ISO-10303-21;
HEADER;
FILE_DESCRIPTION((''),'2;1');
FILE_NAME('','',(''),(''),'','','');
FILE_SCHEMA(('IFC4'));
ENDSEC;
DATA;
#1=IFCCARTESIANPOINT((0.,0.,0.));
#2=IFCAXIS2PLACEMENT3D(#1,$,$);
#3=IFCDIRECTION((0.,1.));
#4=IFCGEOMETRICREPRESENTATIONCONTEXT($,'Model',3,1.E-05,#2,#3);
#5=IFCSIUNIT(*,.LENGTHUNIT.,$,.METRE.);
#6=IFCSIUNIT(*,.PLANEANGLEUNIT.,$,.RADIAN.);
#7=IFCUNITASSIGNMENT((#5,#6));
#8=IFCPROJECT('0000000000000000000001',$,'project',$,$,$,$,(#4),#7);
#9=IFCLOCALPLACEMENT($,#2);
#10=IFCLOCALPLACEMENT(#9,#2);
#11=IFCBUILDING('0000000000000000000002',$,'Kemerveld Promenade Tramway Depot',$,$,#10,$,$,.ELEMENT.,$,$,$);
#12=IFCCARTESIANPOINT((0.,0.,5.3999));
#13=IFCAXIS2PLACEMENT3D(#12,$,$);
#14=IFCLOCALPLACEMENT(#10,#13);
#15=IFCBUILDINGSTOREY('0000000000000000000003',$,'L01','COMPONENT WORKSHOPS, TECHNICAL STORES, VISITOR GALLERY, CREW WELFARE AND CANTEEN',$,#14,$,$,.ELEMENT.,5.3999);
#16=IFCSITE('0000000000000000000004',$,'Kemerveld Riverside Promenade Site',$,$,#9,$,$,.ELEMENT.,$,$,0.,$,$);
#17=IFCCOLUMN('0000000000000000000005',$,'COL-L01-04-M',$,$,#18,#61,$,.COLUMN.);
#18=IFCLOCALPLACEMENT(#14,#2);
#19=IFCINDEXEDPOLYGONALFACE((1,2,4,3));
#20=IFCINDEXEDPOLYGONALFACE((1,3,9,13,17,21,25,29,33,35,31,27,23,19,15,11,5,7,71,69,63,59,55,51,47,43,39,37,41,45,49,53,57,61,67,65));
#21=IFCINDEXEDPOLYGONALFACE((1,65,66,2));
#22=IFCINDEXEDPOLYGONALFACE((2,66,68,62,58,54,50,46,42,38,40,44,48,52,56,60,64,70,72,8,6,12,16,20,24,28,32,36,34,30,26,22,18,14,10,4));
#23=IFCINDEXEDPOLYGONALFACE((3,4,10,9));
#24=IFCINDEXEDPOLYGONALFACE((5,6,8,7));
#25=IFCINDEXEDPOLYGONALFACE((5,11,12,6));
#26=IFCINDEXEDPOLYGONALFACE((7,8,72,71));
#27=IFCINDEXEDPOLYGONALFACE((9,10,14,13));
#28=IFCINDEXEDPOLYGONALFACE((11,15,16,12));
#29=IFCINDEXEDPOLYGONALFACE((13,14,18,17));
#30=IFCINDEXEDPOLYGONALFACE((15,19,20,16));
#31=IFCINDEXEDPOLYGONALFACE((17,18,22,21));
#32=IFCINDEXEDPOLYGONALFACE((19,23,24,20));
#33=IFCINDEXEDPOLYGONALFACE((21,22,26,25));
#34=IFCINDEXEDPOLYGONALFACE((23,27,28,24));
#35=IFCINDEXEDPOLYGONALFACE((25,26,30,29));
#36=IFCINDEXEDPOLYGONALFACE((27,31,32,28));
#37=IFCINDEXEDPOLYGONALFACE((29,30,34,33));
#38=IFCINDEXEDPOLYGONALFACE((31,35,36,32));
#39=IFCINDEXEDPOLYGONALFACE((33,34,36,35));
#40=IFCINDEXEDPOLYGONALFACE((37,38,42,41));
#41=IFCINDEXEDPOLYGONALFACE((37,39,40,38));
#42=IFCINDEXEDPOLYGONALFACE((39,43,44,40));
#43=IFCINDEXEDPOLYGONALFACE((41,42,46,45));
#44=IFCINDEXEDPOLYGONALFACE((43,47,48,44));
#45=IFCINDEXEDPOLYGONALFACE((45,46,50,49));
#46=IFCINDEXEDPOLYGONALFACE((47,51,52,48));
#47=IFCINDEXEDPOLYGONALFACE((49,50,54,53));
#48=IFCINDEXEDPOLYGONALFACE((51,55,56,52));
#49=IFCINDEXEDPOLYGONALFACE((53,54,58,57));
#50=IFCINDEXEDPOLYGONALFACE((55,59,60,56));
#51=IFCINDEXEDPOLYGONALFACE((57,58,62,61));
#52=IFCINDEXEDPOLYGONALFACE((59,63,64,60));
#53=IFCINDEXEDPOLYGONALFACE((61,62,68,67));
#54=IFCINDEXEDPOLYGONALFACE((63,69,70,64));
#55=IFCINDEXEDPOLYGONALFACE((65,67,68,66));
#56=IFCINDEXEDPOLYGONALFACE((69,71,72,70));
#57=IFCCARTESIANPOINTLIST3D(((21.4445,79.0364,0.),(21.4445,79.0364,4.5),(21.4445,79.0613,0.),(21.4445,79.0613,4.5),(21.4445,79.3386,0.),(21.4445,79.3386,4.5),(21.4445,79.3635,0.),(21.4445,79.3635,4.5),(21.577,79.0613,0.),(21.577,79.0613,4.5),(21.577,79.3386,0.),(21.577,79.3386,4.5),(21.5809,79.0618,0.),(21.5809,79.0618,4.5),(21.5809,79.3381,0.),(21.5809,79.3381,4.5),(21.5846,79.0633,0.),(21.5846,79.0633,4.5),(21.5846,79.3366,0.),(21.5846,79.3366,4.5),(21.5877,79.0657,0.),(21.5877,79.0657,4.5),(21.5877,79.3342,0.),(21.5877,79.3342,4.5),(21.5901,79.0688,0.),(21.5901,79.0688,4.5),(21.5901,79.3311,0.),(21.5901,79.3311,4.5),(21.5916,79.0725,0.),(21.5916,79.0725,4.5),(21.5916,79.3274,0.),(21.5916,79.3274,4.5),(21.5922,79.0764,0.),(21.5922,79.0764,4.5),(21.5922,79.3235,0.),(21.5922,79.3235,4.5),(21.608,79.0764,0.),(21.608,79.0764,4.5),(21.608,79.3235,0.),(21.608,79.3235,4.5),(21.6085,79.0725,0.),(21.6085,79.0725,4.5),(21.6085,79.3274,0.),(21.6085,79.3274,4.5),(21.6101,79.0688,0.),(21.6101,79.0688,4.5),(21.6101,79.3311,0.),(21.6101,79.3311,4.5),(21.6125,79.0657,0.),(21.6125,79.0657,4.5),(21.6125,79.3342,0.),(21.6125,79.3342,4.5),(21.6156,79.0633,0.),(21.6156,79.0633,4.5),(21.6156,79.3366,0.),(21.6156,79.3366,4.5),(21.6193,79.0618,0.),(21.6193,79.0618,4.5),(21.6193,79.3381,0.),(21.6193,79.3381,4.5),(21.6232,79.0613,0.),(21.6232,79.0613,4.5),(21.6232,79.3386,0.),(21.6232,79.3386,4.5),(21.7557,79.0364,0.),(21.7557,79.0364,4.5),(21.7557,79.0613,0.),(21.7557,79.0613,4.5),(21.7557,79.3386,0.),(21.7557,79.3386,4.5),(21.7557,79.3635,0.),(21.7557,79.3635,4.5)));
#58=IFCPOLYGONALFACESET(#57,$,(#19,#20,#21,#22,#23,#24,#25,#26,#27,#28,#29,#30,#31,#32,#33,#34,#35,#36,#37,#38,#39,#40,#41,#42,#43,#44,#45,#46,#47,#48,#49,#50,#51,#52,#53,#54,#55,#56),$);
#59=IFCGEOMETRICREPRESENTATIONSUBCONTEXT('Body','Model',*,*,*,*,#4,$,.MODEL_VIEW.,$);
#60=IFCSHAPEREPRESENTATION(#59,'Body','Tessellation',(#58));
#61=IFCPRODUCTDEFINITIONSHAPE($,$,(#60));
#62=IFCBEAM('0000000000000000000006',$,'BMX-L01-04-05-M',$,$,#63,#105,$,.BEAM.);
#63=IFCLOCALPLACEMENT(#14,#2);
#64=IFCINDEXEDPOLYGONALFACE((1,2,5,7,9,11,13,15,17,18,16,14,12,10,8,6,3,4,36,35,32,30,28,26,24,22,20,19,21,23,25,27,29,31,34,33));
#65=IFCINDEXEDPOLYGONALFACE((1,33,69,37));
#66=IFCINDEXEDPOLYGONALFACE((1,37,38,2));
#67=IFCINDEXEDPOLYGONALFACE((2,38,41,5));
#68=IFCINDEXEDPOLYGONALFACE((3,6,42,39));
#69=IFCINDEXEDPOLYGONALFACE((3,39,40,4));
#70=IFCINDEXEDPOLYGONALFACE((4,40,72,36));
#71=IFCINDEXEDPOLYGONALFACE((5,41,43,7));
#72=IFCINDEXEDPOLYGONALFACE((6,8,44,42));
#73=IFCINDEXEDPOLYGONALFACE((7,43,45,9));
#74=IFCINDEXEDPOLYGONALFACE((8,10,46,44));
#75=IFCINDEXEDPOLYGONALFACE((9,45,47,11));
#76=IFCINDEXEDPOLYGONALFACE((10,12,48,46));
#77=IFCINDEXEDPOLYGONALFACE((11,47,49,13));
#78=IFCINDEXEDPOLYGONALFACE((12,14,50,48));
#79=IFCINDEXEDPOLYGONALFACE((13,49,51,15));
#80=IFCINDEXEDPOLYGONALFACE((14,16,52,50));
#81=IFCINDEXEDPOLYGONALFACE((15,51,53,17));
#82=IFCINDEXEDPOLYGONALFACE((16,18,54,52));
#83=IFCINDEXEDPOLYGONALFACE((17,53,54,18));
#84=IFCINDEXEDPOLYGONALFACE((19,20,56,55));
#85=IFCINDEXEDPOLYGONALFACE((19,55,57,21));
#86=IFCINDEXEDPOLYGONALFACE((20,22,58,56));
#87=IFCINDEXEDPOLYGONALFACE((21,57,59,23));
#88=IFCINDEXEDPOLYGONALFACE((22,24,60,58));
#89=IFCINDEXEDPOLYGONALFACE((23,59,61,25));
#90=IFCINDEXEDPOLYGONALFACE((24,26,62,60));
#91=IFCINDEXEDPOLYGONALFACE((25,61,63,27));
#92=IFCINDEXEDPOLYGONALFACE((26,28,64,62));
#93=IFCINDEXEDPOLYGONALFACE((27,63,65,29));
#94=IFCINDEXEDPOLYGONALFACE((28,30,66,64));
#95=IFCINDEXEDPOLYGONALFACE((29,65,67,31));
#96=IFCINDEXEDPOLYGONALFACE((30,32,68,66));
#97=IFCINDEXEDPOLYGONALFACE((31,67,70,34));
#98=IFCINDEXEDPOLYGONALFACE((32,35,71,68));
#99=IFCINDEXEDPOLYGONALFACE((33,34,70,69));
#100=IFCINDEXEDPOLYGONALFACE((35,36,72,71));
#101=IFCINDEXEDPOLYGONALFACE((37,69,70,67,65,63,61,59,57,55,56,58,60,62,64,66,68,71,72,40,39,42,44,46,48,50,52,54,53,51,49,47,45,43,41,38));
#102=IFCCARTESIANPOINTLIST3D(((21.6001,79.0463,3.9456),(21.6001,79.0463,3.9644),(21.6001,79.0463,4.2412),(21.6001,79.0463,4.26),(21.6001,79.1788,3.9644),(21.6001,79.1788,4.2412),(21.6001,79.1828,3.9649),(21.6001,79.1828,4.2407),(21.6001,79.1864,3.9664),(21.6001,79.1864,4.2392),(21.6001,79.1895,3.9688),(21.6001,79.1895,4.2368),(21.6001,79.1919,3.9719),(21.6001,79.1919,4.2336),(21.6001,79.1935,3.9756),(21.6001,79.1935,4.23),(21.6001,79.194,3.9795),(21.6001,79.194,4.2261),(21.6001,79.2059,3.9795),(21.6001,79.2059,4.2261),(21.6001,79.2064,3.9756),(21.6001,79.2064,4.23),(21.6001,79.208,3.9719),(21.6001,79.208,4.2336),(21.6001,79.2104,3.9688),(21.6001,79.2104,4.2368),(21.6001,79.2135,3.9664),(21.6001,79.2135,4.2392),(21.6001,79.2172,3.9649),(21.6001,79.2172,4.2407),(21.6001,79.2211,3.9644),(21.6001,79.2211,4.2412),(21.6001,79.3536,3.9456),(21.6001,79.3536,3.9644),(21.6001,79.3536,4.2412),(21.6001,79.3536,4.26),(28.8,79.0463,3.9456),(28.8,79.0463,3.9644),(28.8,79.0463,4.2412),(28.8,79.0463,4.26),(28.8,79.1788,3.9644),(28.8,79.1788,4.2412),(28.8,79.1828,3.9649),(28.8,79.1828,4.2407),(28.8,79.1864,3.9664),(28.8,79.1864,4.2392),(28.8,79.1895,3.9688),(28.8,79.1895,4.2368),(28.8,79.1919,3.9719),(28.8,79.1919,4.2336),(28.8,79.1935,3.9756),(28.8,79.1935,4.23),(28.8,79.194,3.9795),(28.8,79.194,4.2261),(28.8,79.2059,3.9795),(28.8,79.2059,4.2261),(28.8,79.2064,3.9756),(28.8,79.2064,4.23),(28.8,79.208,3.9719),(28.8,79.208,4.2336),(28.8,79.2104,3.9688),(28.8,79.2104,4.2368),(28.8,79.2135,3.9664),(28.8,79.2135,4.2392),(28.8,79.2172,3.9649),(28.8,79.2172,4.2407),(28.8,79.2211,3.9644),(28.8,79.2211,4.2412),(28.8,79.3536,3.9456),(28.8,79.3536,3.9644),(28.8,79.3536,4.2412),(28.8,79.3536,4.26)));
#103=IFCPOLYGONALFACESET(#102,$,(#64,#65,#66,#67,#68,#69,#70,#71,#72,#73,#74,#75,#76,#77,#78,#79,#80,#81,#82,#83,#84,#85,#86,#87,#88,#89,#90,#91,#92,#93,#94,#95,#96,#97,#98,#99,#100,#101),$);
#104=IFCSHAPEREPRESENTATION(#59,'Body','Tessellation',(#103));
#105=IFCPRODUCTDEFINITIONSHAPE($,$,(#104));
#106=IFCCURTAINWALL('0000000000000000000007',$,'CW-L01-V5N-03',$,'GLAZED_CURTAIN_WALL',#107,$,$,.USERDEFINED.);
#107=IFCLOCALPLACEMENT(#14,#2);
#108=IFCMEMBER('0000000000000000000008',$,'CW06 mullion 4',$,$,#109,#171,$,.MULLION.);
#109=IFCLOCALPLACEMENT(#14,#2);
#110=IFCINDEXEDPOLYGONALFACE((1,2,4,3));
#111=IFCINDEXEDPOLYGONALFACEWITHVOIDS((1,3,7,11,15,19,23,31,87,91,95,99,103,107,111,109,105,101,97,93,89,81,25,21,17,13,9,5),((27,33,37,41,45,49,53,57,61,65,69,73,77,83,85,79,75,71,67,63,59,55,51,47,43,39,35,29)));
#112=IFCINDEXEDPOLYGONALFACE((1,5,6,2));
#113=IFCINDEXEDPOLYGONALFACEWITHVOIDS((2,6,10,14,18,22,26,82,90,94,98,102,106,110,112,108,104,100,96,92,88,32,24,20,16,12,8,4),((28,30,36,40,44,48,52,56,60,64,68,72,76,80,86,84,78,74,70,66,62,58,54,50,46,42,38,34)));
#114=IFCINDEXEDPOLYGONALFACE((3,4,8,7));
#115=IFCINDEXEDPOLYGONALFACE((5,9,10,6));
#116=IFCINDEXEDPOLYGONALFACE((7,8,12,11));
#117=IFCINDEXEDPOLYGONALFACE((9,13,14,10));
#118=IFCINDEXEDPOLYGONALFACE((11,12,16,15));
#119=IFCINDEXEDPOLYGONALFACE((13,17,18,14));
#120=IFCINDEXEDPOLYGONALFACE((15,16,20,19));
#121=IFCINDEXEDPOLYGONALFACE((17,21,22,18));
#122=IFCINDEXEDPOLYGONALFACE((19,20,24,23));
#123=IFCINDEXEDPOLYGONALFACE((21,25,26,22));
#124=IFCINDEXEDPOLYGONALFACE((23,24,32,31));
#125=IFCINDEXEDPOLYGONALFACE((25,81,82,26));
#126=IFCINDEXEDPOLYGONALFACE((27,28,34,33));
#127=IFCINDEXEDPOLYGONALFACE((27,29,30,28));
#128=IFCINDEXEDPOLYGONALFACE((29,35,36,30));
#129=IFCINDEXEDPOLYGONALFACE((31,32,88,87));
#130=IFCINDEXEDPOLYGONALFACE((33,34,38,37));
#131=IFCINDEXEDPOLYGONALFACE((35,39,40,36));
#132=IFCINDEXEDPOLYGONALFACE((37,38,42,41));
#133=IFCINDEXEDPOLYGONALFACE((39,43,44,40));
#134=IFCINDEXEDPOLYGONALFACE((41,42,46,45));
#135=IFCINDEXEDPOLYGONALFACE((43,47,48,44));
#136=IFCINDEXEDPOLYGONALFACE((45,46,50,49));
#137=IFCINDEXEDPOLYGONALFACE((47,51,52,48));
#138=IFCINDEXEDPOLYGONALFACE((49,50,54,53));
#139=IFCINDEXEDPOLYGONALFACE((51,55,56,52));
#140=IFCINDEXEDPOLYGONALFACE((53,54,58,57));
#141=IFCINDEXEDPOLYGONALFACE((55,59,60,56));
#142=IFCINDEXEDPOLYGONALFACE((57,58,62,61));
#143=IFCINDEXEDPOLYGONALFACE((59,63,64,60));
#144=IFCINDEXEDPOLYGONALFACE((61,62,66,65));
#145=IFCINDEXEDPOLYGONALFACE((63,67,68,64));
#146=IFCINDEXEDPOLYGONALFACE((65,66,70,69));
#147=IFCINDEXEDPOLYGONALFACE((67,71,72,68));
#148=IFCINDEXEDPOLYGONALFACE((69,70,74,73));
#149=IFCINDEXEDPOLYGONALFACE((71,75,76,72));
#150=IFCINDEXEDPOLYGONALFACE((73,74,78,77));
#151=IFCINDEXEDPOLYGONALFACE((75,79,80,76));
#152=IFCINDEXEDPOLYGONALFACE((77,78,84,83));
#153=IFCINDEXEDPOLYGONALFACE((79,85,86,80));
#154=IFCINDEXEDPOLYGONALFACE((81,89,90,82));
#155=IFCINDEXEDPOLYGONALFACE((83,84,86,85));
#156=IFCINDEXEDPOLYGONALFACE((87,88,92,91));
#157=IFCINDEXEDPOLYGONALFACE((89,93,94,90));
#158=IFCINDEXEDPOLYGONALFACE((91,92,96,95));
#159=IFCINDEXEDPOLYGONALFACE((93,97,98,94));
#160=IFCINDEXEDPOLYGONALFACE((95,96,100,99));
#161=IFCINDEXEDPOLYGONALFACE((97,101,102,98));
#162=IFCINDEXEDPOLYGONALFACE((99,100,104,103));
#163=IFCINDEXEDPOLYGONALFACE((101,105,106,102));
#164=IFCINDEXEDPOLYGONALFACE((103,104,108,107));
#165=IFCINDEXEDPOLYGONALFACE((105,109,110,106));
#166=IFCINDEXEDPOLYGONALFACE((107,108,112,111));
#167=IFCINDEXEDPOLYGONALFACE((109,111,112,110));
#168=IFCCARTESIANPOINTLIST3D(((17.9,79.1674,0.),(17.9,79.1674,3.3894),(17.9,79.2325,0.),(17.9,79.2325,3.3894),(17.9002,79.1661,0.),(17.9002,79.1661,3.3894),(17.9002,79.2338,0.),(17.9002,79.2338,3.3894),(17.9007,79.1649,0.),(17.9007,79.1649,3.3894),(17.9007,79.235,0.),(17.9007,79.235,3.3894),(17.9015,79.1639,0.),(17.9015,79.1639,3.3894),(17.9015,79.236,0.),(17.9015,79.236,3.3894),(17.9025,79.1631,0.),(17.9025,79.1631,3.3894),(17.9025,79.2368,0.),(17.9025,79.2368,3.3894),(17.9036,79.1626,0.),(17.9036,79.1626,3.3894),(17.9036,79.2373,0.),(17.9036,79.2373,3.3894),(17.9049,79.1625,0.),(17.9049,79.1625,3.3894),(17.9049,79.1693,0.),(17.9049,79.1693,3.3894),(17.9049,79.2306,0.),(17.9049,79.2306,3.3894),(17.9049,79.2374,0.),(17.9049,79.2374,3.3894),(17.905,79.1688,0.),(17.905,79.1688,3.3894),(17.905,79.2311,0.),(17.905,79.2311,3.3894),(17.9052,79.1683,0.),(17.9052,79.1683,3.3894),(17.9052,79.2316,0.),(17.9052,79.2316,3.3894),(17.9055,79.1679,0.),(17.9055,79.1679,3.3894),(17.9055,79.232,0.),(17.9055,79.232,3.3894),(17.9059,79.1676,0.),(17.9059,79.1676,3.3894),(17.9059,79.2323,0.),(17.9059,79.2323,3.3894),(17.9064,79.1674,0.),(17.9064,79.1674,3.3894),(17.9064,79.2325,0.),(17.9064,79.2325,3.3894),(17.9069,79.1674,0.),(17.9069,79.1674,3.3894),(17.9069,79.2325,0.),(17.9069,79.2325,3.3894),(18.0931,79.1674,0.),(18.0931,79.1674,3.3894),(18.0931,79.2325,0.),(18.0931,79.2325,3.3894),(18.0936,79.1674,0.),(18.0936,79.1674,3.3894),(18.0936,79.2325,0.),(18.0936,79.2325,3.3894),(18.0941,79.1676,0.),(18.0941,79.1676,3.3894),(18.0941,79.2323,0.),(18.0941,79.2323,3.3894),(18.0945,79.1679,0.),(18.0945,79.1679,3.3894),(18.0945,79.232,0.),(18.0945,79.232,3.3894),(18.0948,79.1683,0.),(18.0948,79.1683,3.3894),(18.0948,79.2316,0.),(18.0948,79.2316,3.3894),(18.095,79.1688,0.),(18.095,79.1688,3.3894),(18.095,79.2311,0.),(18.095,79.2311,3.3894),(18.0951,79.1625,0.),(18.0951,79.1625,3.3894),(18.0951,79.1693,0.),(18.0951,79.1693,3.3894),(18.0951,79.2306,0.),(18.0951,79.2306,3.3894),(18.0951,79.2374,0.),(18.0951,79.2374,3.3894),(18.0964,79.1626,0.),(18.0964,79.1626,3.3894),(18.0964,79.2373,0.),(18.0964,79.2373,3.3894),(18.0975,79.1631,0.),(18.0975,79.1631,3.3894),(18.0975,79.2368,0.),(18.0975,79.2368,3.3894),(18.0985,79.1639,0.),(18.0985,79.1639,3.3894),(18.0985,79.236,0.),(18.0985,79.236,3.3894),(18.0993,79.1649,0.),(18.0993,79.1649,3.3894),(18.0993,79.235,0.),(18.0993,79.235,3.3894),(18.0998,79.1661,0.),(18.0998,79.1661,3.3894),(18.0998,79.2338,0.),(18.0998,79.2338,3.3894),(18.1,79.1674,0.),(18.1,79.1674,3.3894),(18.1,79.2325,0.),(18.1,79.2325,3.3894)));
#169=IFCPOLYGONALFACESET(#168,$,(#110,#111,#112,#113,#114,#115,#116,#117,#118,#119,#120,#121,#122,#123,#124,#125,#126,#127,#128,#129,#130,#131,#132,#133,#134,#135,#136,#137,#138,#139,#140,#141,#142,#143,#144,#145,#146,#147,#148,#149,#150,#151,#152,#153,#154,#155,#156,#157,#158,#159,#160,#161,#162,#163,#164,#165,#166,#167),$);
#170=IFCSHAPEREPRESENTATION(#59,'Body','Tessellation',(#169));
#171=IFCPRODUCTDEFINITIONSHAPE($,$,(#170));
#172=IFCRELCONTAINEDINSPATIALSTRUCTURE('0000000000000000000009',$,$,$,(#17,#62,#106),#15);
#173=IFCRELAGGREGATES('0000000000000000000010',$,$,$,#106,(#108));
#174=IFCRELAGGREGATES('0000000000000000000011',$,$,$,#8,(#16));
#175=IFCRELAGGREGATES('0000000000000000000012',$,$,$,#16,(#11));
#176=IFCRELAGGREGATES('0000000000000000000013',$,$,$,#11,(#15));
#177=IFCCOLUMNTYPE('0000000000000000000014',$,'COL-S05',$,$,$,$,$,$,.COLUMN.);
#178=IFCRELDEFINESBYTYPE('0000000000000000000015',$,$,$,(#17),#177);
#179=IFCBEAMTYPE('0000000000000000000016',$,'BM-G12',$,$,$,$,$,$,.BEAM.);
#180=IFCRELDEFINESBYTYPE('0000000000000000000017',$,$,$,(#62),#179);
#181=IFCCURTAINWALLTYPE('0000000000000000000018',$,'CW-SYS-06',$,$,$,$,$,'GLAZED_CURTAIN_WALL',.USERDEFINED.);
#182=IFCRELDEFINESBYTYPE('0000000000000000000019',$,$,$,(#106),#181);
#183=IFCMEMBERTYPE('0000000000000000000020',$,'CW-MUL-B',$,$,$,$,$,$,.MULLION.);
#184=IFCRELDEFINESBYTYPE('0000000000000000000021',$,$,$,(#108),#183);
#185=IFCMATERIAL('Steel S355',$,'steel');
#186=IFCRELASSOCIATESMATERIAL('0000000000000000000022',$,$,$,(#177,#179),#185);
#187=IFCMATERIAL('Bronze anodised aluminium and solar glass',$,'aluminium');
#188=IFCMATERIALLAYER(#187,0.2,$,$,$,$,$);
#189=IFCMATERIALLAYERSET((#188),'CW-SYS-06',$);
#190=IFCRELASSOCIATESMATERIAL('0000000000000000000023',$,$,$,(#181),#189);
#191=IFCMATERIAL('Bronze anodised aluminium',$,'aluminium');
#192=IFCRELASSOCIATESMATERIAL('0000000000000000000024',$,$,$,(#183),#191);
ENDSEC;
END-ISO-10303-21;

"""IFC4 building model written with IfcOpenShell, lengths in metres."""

from ifc_helpers import new_model, si_unit, direction, frame, origin, origin_2d, place, context, subcontext, project, spatial, hollow_rectangle, i_section, extrude, material, layer, layer_set, material_profile, profile_set, type_object, element, aggregate, save


model = new_model("IFC4")

# Units and contexts
model_context = context("Model", 3, precision=1e-05, world=origin(), true_north=direction((0.0, 1.0)))
body_context = subcontext(model_context, "Body", "Model", "MODEL_VIEW")
ifc_project = project(units=[si_unit("LENGTHUNIT", "METRE"), si_unit("PLANEANGLEUNIT", "RADIAN")], contexts=[model_context])

# Site, building, storey
site_placement = place(None, origin())
site = spatial("IfcSite", under=ifc_project, at=site_placement, Name="Kemerveld Riverside Promenade Site", CompositionType="ELEMENT", RefElevation=0.0)
building_placement = place(site_placement, origin())
building = spatial("IfcBuilding", under=site, at=building_placement, Name="Kemerveld Promenade Tramway Depot", CompositionType="ELEMENT")
storey_placement = place(building_placement, frame((0.0, 0.0, 5.3999)))
storey = spatial("IfcBuildingStorey", under=building, at=storey_placement, Name="L01", Description="COMPONENT WORKSHOPS, TECHNICAL STORES, VISITOR GALLERY, CREW WELFARE AND CANTEEN", CompositionType="ELEMENT", Elevation=5.3999)

# Column
ifc_material_1 = material(Name="Steel S355", Category="steel")
ifc_material_profile_1 = material_profile(ifc_material_1, i_section(OverallWidth=0.3113, OverallDepth=0.3271, WebThickness=0.0159, FlangeThickness=0.0249, FilletRadius=0.0151, at=origin_2d()), Name="305x305x158 UC")
ifc_profile_set_1 = profile_set([ifc_material_profile_1], Name="Steel S355")
column_type = type_object("IfcColumnType", Name="COL-S05", PredefinedType="COLUMN", material=ifc_profile_set_1)
column_placement = place(storey_placement, frame((21.6001, 79.2, 0.0), z_axis=(0.0, 0.0, 1.0), x_axis=(1.0, 0.0, 0.0)))
element("IfcColumn", 1, at=column_placement, inside=storey, type_object=column_type, Name="COL-L01-04-M", PredefinedType="COLUMN", context=body_context, shape_type="SweptSolid", body=[
    extrude(i_section(OverallWidth=0.3113, OverallDepth=0.3271, WebThickness=0.0159, FlangeThickness=0.0249, FilletRadius=0.0151, at=origin_2d()), origin(), (0.0, 0.0, 1.0), 4.5),
])

# Beam
ifc_material_profile_2 = material_profile(ifc_material_1, i_section(OverallWidth=0.3074, OverallDepth=0.3145, WebThickness=0.012, FlangeThickness=0.0188, FilletRadius=0.0151, at=origin_2d()), Name="305x305x118 UC")
ifc_profile_set_2 = profile_set([ifc_material_profile_2], Name="Steel S355")
beam_type = type_object("IfcBeamType", Name="BM-G12", PredefinedType="BEAM", material=ifc_profile_set_2)
beam_placement = place(storey_placement, frame((21.6001, 79.2, 4.1028), z_axis=(1.0, 0.0, 0.0), x_axis=(0.0, 1.0, 0.0)))
element("IfcBeam", 2, at=beam_placement, inside=storey, type_object=beam_type, Name="BMX-L01-04-05-M", PredefinedType="BEAM", context=body_context, shape_type="SweptSolid", body=[
    extrude(i_section(OverallWidth=0.3074, OverallDepth=0.3145, WebThickness=0.012, FlangeThickness=0.0188, FilletRadius=0.0151, at=origin_2d()), origin(), (0.0, 0.0, 1.0), 7.2),
])

# Curtain wall, member
ifc_material_2 = material(Name="Bronze anodised aluminium and solar glass", Category="aluminium")
ifc_layer_1 = layer(ifc_material_2, 0.2)
ifc_layer_set_1 = layer_set([ifc_layer_1], Name="CW-SYS-06")
curtain_wall_type = type_object("IfcCurtainWallType", Name="CW-SYS-06", ElementType="GLAZED_CURTAIN_WALL", PredefinedType="USERDEFINED", material=ifc_layer_set_1)
curtain_wall_placement = place(storey_placement, origin())
curtain_wall = element("IfcCurtainWall", 3, at=curtain_wall_placement, inside=storey, type_object=curtain_wall_type, Name="CW-L01-V5N-03", ObjectType="GLAZED_CURTAIN_WALL", PredefinedType="USERDEFINED")
ifc_material_3 = material(Name="Bronze anodised aluminium", Category="aluminium")
ifc_material_profile_3 = material_profile(ifc_material_3, hollow_rectangle(XDim=0.075, YDim=0.2, WallThickness=0.0049, InnerFilletRadius=0.002, OuterFilletRadius=0.0049, at=origin_2d()), Name="CW-MUL-200x75")
ifc_profile_set_3 = profile_set([ifc_material_profile_3], Name="Bronze anodised aluminium")
member_type_1 = type_object("IfcMemberType", Name="CW-MUL-B", PredefinedType="MULLION", material=ifc_profile_set_3)
member_1_placement = place(storey_placement, frame((18.0, 79.2, 0.0), z_axis=(0.0, 0.0, 1.0), x_axis=(0.0, 1.0, 0.0)))
member_1 = element("IfcMember", 4, at=member_1_placement, type_object=member_type_1, Name="CW06 mullion 4", PredefinedType="MULLION", context=body_context, shape_type="SweptSolid", body=[
    extrude(hollow_rectangle(XDim=0.075, YDim=0.2, WallThickness=0.0049, InnerFilletRadius=0.002, OuterFilletRadius=0.0049, at=origin_2d()), origin(), (0.0, 0.0, 1.0), 3.3894),
])
aggregate(curtain_wall, [member_1])

save(model, "model.ifc")
